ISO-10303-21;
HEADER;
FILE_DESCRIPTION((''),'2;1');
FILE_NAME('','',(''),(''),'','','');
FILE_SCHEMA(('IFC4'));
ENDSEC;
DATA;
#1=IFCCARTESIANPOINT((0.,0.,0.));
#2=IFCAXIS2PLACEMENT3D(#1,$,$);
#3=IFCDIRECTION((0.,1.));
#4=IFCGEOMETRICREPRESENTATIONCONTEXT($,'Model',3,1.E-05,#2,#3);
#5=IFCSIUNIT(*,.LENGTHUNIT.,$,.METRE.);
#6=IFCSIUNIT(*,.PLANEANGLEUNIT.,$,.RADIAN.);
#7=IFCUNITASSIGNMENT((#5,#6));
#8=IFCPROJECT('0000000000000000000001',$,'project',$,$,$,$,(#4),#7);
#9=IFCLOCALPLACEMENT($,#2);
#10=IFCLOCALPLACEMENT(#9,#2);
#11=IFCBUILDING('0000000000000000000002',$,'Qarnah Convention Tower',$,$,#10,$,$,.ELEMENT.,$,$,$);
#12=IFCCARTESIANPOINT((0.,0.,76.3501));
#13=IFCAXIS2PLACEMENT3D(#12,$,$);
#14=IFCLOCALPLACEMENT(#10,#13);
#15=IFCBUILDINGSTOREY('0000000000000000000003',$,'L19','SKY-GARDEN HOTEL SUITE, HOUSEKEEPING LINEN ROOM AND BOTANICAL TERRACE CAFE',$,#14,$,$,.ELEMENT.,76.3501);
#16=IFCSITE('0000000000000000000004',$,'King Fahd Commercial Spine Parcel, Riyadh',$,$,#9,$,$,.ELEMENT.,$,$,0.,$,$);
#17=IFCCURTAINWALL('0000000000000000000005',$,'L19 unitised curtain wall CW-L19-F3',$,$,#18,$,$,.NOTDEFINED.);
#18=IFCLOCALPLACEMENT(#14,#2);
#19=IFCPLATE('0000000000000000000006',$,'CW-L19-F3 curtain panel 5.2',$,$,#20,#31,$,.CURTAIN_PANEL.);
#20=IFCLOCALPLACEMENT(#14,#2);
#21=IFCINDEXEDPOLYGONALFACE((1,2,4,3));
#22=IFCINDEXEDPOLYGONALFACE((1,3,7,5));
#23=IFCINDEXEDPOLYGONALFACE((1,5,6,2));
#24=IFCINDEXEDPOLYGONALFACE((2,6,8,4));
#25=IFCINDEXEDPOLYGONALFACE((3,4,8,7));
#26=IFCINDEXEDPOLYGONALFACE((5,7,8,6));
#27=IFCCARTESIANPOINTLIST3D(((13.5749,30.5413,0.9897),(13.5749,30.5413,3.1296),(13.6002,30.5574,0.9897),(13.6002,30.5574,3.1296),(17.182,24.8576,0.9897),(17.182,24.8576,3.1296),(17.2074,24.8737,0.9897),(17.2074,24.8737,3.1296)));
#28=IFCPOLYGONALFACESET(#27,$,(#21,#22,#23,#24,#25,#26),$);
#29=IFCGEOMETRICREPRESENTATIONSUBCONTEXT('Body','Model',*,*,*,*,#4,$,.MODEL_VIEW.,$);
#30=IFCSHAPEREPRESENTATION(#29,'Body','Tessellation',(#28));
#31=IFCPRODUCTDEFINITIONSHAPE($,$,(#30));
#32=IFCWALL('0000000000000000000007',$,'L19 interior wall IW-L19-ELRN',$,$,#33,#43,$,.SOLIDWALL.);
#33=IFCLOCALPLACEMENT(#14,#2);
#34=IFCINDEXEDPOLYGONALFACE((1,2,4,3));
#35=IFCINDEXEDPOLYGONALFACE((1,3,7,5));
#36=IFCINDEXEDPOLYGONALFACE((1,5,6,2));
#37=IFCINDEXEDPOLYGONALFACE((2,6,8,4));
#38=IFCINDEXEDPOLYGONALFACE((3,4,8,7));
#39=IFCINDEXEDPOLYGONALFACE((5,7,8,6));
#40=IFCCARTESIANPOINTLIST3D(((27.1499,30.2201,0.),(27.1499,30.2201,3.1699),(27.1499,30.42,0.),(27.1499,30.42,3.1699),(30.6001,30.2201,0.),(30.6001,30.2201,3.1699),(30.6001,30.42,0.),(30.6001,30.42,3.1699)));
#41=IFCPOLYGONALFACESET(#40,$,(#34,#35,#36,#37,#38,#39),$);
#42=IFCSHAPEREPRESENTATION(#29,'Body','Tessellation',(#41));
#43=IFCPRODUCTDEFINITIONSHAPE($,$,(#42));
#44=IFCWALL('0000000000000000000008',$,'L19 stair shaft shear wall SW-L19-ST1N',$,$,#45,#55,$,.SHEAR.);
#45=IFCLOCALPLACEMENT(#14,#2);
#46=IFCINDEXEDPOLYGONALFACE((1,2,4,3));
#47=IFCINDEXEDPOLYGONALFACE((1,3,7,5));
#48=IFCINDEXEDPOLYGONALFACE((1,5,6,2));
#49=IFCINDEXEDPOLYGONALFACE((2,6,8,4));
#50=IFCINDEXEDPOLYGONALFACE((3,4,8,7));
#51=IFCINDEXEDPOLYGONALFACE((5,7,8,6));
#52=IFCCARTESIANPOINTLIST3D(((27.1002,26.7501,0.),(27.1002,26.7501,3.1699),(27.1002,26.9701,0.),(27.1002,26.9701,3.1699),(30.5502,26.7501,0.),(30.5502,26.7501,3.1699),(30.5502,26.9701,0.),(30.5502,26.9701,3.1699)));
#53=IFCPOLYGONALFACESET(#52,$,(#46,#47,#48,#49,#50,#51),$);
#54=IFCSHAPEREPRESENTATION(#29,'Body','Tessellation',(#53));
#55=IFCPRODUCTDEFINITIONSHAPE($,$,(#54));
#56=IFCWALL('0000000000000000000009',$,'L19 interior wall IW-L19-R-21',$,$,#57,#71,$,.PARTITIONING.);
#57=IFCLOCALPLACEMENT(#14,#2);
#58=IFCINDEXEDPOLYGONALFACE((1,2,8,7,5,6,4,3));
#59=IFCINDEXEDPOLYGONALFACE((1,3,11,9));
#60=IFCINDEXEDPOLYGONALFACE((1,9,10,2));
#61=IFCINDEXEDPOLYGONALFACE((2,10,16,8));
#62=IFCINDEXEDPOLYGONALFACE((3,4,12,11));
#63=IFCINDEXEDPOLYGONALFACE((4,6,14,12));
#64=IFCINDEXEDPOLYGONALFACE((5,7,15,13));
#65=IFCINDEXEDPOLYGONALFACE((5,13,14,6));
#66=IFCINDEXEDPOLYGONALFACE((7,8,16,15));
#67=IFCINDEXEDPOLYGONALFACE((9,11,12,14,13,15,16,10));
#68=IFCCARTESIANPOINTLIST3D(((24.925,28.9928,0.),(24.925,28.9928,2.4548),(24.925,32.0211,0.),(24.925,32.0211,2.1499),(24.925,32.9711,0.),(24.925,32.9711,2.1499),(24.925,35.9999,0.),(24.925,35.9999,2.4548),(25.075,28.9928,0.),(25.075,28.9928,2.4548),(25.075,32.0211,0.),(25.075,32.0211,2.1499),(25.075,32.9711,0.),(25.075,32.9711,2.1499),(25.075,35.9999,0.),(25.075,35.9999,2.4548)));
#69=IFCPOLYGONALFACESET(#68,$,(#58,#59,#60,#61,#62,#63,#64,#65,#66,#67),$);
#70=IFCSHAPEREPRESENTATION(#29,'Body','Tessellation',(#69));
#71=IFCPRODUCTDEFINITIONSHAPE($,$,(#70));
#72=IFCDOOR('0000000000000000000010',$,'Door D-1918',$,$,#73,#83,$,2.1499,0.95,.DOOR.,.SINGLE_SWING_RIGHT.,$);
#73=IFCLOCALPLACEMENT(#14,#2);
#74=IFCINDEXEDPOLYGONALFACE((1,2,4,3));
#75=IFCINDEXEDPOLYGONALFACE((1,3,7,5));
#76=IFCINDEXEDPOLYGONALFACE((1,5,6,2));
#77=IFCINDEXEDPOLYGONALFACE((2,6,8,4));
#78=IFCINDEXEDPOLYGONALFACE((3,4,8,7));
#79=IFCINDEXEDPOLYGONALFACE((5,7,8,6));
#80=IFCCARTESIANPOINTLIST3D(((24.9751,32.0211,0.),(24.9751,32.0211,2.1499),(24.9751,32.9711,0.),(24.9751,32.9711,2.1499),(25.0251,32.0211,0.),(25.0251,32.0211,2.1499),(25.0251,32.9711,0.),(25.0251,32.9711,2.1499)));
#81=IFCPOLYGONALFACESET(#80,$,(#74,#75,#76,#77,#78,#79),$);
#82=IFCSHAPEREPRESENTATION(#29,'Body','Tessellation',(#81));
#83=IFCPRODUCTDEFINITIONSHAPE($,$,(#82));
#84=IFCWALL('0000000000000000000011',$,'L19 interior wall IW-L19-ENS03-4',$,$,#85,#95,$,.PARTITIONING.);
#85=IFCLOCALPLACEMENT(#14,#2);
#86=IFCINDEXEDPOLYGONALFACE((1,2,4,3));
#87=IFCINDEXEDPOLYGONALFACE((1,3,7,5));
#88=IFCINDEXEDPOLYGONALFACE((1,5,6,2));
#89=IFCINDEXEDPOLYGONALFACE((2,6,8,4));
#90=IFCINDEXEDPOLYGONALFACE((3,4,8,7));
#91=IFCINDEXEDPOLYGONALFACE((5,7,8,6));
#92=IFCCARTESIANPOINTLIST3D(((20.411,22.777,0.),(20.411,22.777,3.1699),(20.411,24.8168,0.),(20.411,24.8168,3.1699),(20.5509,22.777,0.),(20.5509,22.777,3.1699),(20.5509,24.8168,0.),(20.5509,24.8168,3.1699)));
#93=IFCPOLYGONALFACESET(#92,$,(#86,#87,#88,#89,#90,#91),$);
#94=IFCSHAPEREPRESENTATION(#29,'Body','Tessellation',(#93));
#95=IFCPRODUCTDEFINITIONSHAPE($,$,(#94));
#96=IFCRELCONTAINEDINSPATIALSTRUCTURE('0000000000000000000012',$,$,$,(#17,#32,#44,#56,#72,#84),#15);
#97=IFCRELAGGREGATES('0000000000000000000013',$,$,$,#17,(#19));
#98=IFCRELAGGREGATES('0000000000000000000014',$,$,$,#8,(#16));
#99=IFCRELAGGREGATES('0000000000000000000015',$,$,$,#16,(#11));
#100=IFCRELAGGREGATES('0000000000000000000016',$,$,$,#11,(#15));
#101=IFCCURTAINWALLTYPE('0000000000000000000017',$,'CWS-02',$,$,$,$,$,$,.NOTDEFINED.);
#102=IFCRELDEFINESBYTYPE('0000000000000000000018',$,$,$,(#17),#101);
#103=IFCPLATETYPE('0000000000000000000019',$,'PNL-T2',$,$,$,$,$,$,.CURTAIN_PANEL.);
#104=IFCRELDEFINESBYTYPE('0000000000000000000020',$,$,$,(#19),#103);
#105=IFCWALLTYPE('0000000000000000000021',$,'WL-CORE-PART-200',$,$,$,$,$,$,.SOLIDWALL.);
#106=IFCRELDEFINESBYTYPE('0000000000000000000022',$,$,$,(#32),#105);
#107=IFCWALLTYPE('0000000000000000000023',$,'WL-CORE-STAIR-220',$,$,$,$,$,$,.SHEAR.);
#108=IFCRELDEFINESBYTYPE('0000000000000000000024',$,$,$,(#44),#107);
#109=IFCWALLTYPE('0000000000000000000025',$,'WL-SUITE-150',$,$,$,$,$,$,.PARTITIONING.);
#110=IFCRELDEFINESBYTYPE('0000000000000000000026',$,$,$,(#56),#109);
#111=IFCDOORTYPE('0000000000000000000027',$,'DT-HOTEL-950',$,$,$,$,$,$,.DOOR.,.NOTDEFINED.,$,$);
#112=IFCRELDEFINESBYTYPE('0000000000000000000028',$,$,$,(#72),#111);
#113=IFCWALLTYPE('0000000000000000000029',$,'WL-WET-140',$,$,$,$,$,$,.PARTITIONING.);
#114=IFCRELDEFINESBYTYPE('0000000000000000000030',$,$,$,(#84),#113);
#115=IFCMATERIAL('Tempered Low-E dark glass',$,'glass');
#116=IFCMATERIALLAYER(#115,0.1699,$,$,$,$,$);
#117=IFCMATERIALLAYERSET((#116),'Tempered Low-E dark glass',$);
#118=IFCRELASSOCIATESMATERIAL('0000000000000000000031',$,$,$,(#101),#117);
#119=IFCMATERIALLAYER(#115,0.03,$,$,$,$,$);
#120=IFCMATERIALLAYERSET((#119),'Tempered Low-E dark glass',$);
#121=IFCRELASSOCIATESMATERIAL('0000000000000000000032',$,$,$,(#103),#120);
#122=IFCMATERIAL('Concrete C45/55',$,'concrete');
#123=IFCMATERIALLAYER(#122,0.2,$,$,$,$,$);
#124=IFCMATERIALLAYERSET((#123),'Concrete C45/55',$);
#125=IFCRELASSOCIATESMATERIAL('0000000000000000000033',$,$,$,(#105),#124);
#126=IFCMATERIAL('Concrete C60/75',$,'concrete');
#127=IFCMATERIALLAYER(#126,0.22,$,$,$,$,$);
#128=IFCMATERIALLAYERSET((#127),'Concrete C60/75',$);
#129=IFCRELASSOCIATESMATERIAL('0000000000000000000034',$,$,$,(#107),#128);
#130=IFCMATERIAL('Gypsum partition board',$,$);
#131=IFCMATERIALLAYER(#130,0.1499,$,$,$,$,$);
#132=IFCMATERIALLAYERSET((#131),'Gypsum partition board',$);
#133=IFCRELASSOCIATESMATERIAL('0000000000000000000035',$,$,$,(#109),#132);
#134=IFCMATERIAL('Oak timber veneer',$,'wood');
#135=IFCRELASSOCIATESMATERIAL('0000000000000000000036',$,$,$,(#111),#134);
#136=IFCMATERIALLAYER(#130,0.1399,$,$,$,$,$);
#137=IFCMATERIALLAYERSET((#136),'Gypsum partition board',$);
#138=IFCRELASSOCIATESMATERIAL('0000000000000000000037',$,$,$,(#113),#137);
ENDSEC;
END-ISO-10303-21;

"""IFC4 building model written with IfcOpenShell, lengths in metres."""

from ifc_helpers import new_model, si_unit, direction, frame, frame_2d, origin, origin_2d, place, context, subcontext, project, spatial, rectangle, extrude, material, layer, layer_set, type_object, element, fill, aggregate, save


model = new_model("IFC4")

# Units and contexts
model_context = context("Model", 3, precision=1e-05, world=origin(), true_north=direction((0.0, 1.0)))
body_context = subcontext(model_context, "Body", "Model", "MODEL_VIEW")
ifc_project = project(units=[si_unit("LENGTHUNIT", "METRE"), si_unit("PLANEANGLEUNIT", "RADIAN")], contexts=[model_context])

# Site, building, storey
site_placement = place(None, origin())
site = spatial("IfcSite", under=ifc_project, at=site_placement, Name="King Fahd Commercial Spine Parcel, Riyadh", CompositionType="ELEMENT", RefElevation=0.0)
building_placement = place(site_placement, origin())
building = spatial("IfcBuilding", under=site, at=building_placement, Name="Qarnah Convention Tower", CompositionType="ELEMENT")
storey_placement = place(building_placement, frame((0.0, 0.0, 76.3501)))
storey = spatial("IfcBuildingStorey", under=building, at=storey_placement, Name="L19", Description="SKY-GARDEN HOTEL SUITE, HOUSEKEEPING LINEN ROOM AND BOTANICAL TERRACE CAFE", CompositionType="ELEMENT", Elevation=76.3501)

# Shared definitions
ifc_material_1 = material(Name="Concrete C60/75", Category="concrete")

# Curtain wall, plate
ifc_material_2 = material(Name="Tempered Low-E dark glass", Category="glass")
ifc_layer_1 = layer(ifc_material_2, 0.1699)
ifc_layer_set_1 = layer_set([ifc_layer_1], Name="Tempered Low-E dark glass")
curtain_wall_type = type_object("IfcCurtainWallType", Name="CWS-02", PredefinedType="NOTDEFINED", material=ifc_layer_set_1)
curtain_wall_placement = place(storey_placement, origin())
curtain_wall = element("IfcCurtainWall", 1, at=curtain_wall_placement, inside=storey, type_object=curtain_wall_type, Name="L19 unitised curtain wall CW-L19-F3", PredefinedType="NOTDEFINED")
ifc_layer_2 = layer(ifc_material_2, 0.03)
ifc_layer_set_2 = layer_set([ifc_layer_2], Name="Tempered Low-E dark glass")
plate_type = type_object("IfcPlateType", Name="PNL-T2", PredefinedType="CURTAIN_PANEL", material=ifc_layer_set_2)
plate_1_placement = place(storey_placement, frame((15.3911, 27.7075, 0.9897), z_axis=(0.0, 0.0, 1.0), x_axis=(-0.535845, 0.844316, 0.0)))
plate_1 = element("IfcPlate", 2, at=plate_1_placement, type_object=plate_type, Name="CW-L19-F3 curtain panel 5.2", PredefinedType="CURTAIN_PANEL", context=body_context, shape_type="SweptSolid", body=[
    extrude(rectangle(XDim=6.7317, YDim=0.03, at=origin_2d()), origin(), (0.0, 0.0, 1.0), 2.1399),
])
aggregate(curtain_wall, [plate_1])

# Walls
ifc_material_3 = material(Name="Concrete C45/55", Category="concrete")
ifc_layer_3 = layer(ifc_material_3, 0.2)
ifc_layer_set_3 = layer_set([ifc_layer_3], Name="Concrete C45/55")
wall_type_1 = type_object("IfcWallType", Name="WL-CORE-PART-200", PredefinedType="SOLIDWALL", material=ifc_layer_set_3)
wall_1_placement = place(storey_placement, frame((27.1499, 30.3201, 0.0), z_axis=(0.0, 0.0, 1.0), x_axis=(1.0, 0.0, 0.0)))
element("IfcWall", 3, at=wall_1_placement, inside=storey, type_object=wall_type_1, Name="L19 interior wall IW-L19-ELRN", PredefinedType="SOLIDWALL", context=body_context, shape_type="SweptSolid", body=[
    extrude(rectangle(XDim=3.4502, YDim=0.2, at=frame_2d((1.7251, 0.0))), origin(), (0.0, 0.0, 1.0), 3.1699),
])
ifc_layer_4 = layer(ifc_material_1, 0.22)
ifc_layer_set_4 = layer_set([ifc_layer_4], Name="Concrete C60/75")
wall_type_2 = type_object("IfcWallType", Name="WL-CORE-STAIR-220", PredefinedType="SHEAR", material=ifc_layer_set_4)
wall_2_placement = place(storey_placement, frame((27.1001, 26.8601, 0.0), z_axis=(0.0, 0.0, 1.0), x_axis=(1.0, 0.0, 0.0)))
element("IfcWall", 4, at=wall_2_placement, inside=storey, type_object=wall_type_2, Name="L19 stair shaft shear wall SW-L19-ST1N", PredefinedType="SHEAR", context=body_context, shape_type="SweptSolid", body=[
    extrude(rectangle(XDim=3.45, YDim=0.22, at=frame_2d((1.7251, 0.0))), origin(), (0.0, 0.0, 1.0), 3.1699),
])

# Wall, opening, door
ifc_material_4 = material(Name="Gypsum partition board")
ifc_layer_5 = layer(ifc_material_4, 0.1499)
ifc_layer_set_5 = layer_set([ifc_layer_5], Name="Gypsum partition board")
wall_type_3 = type_object("IfcWallType", Name="WL-SUITE-150", PredefinedType="PARTITIONING", material=ifc_layer_set_5)
wall_3_placement = place(storey_placement, frame((25.0, 28.9929, 0.0), z_axis=(0.0, 0.0, 1.0), x_axis=(0.0, 1.0, 0.0)))
wall_3 = element("IfcWall", 5, at=wall_3_placement, inside=storey, type_object=wall_type_3, Name="L19 interior wall IW-L19-R-21", PredefinedType="PARTITIONING", context=body_context, shape_type="SweptSolid", body=[
    extrude(rectangle(XDim=7.0071, YDim=0.1499, at=frame_2d((3.5034, 0.0))), origin(), (0.0, 0.0, 1.0), 2.4548),
])
opening_placement = place(wall_3_placement, frame((3.0281, 0.0, 0.0)))
opening = element("IfcOpeningElement", 6, at=opening_placement, cuts=wall_3, PredefinedType="OPENING", context=body_context, shape_type="SweptSolid", body=[
    extrude(rectangle(XDim=0.95, YDim=2.1499, at=frame_2d((0.4751, 1.075))), frame((0.0, 0.085, 0.0), z_axis=(0.0, -1.0, 0.0), x_axis=(1.0, 0.0, 0.0)), (0.0, 0.0, 1.0), 0.1699),
])
ifc_material_5 = material(Name="Oak timber veneer", Category="wood")
door_type = type_object("IfcDoorType", Name="DT-HOTEL-950", OperationType="NOTDEFINED", PredefinedType="DOOR", material=ifc_material_5)
door_placement = place(opening_placement, origin())
door = element("IfcDoor", 7, at=door_placement, inside=storey, type_object=door_type, Name="Door D-1918", OperationType="SINGLE_SWING_RIGHT", OverallHeight=2.1499, OverallWidth=0.95, PredefinedType="DOOR", context=body_context, shape_type="SweptSolid", body=[
    extrude(rectangle(XDim=0.95, YDim=2.1499, at=frame_2d((0.4751, 1.075))), frame((0.0, 0.0249, 0.0), z_axis=(0.0, -1.0, 0.0), x_axis=(1.0, 0.0, 0.0)), (0.0, 0.0, 1.0), 0.05),
])
fill(opening, door)

# Wall
ifc_layer_6 = layer(ifc_material_4, 0.1399)
ifc_layer_set_6 = layer_set([ifc_layer_6], Name="Gypsum partition board")
wall_type_4 = type_object("IfcWallType", Name="WL-WET-140", PredefinedType="PARTITIONING", material=ifc_layer_set_6)
wall_4_placement = place(storey_placement, frame((20.481, 24.8169, 0.0), z_axis=(0.0, 0.0, 1.0), x_axis=(0.0, -1.0, 0.0)))
element("IfcWall", 8, at=wall_4_placement, inside=storey, type_object=wall_type_4, Name="L19 interior wall IW-L19-ENS03-4", PredefinedType="PARTITIONING", context=body_context, shape_type="SweptSolid", body=[
    extrude(rectangle(XDim=2.0398, YDim=0.1399, at=frame_2d((1.02, 0.0))), origin(), (0.0, 0.0, 1.0), 3.1699),
])

save(model, "model.ifc")
